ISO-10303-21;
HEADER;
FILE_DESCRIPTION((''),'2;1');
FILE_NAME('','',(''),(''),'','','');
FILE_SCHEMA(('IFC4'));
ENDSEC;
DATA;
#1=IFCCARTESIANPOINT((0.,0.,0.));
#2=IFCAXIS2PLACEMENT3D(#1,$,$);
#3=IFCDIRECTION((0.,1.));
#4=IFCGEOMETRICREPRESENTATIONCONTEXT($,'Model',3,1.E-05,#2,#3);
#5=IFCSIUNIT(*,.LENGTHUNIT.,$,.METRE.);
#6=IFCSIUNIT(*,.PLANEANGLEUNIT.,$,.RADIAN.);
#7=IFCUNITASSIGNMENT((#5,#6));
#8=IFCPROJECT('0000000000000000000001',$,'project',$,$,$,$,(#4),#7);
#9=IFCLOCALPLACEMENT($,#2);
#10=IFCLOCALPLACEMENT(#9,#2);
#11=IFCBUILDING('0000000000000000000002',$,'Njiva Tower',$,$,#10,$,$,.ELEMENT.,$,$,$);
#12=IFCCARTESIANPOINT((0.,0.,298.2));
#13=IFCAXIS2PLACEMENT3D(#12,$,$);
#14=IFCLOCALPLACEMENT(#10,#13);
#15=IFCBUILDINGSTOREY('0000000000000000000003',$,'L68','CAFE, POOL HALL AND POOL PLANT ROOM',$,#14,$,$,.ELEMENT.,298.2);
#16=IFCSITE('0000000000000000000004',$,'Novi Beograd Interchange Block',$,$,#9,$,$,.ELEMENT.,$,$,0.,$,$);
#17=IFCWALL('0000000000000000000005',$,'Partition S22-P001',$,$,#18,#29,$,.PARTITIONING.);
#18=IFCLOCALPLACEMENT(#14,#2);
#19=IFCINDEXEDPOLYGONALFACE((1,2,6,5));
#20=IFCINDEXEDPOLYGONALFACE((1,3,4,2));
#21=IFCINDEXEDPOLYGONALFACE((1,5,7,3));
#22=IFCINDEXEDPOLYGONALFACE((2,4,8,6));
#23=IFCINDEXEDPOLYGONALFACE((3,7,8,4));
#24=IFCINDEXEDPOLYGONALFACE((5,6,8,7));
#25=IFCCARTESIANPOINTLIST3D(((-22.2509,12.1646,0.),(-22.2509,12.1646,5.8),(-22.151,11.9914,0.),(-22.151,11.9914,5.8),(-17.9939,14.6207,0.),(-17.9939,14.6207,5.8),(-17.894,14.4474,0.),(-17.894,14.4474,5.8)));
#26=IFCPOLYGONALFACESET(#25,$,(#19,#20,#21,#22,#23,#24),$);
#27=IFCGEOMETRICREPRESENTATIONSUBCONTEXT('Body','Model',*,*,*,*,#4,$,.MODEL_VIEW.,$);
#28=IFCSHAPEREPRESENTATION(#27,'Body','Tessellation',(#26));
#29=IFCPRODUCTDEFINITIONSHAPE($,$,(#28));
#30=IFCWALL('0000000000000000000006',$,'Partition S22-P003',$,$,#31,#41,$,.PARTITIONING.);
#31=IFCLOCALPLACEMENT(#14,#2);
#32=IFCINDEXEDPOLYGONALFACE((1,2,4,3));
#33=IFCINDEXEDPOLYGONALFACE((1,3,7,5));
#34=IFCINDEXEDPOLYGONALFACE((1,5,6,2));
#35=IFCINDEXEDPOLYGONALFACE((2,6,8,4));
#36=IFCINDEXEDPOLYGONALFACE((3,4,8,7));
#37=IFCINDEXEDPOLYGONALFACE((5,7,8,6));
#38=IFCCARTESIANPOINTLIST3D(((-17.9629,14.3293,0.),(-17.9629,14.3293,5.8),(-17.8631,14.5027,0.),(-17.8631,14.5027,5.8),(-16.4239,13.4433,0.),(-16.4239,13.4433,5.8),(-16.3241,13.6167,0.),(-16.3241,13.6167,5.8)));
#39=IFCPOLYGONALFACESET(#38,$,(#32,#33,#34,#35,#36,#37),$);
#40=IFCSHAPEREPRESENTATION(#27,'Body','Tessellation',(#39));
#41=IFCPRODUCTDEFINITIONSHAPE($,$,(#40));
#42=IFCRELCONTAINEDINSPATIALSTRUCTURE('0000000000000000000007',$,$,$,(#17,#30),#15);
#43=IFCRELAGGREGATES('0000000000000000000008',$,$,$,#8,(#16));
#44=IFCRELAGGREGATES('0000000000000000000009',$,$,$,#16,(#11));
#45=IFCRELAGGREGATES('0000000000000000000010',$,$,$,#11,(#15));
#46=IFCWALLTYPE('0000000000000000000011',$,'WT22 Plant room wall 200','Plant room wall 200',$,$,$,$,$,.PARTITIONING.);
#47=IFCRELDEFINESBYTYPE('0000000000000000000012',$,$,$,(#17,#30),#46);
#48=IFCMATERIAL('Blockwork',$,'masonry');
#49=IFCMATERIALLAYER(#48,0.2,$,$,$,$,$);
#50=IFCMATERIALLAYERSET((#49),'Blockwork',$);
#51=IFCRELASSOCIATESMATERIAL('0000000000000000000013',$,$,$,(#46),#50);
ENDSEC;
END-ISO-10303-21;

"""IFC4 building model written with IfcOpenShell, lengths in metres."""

from ifc_helpers import new_model, si_unit, direction, frame, frame_2d, origin, place, context, subcontext, project, spatial, rectangle, extrude, material, layer, layer_set, type_object, element, save


model = new_model("IFC4")

# Units and contexts
model_context = context("Model", 3, precision=1e-05, world=origin(), true_north=direction((0.0, 1.0)))
body_context = subcontext(model_context, "Body", "Model", "MODEL_VIEW")
ifc_project = project(units=[si_unit("LENGTHUNIT", "METRE"), si_unit("PLANEANGLEUNIT", "RADIAN")], contexts=[model_context])

# Site, building, storey
site_placement = place(None, origin())
site = spatial("IfcSite", under=ifc_project, at=site_placement, Name="Novi Beograd Interchange Block", CompositionType="ELEMENT", RefElevation=0.0)
building_placement = place(site_placement, origin())
building = spatial("IfcBuilding", under=site, at=building_placement, Name="Njiva Tower", CompositionType="ELEMENT")
storey_placement = place(building_placement, frame((0.0, 0.0, 298.2)))
storey = spatial("IfcBuildingStorey", under=building, at=storey_placement, Name="L68", Description="CAFE, POOL HALL AND POOL PLANT ROOM", CompositionType="ELEMENT", Elevation=298.2)

# Walls
ifc_material_1 = material(Name="Blockwork", Category="masonry")
ifc_layer_1 = layer(ifc_material_1, 0.2)
ifc_layer_set_1 = layer_set([ifc_layer_1], Name="Blockwork")
wall_type_1 = type_object("IfcWallType", Name="WT22 Plant room wall 200", Description="Plant room wall 200", PredefinedType="PARTITIONING", material=ifc_layer_set_1)
wall_1_placement = place(storey_placement, frame((-22.201, 12.078, 0.0), z_axis=(0.0, 0.0, 1.0), x_axis=(0.866182, 0.499728, 0.0)))
element("IfcWall", 1, at=wall_1_placement, inside=storey, type_object=wall_type_1, Name="Partition S22-P001", PredefinedType="PARTITIONING", context=body_context, shape_type="SweptSolid", body=[
    extrude(rectangle(XDim=4.9147, YDim=0.2, at=frame_2d((2.4574, 0.0))), origin(), (0.0, 0.0, 1.0), 5.8),
])
wall_2_placement = place(storey_placement, frame((-17.913, 14.416, 0.0), z_axis=(0.0, 0.0, 1.0), x_axis=(0.866645, -0.498926, 0.0)))
element("IfcWall", 2, at=wall_2_placement, inside=storey, type_object=wall_type_1, Name="Partition S22-P003", PredefinedType="PARTITIONING", context=body_context, shape_type="SweptSolid", body=[
    extrude(rectangle(XDim=1.7758, YDim=0.2, at=frame_2d((0.8879, 0.0))), origin(), (0.0, 0.0, 1.0), 5.8),
])

save(model, "model.ifc")
